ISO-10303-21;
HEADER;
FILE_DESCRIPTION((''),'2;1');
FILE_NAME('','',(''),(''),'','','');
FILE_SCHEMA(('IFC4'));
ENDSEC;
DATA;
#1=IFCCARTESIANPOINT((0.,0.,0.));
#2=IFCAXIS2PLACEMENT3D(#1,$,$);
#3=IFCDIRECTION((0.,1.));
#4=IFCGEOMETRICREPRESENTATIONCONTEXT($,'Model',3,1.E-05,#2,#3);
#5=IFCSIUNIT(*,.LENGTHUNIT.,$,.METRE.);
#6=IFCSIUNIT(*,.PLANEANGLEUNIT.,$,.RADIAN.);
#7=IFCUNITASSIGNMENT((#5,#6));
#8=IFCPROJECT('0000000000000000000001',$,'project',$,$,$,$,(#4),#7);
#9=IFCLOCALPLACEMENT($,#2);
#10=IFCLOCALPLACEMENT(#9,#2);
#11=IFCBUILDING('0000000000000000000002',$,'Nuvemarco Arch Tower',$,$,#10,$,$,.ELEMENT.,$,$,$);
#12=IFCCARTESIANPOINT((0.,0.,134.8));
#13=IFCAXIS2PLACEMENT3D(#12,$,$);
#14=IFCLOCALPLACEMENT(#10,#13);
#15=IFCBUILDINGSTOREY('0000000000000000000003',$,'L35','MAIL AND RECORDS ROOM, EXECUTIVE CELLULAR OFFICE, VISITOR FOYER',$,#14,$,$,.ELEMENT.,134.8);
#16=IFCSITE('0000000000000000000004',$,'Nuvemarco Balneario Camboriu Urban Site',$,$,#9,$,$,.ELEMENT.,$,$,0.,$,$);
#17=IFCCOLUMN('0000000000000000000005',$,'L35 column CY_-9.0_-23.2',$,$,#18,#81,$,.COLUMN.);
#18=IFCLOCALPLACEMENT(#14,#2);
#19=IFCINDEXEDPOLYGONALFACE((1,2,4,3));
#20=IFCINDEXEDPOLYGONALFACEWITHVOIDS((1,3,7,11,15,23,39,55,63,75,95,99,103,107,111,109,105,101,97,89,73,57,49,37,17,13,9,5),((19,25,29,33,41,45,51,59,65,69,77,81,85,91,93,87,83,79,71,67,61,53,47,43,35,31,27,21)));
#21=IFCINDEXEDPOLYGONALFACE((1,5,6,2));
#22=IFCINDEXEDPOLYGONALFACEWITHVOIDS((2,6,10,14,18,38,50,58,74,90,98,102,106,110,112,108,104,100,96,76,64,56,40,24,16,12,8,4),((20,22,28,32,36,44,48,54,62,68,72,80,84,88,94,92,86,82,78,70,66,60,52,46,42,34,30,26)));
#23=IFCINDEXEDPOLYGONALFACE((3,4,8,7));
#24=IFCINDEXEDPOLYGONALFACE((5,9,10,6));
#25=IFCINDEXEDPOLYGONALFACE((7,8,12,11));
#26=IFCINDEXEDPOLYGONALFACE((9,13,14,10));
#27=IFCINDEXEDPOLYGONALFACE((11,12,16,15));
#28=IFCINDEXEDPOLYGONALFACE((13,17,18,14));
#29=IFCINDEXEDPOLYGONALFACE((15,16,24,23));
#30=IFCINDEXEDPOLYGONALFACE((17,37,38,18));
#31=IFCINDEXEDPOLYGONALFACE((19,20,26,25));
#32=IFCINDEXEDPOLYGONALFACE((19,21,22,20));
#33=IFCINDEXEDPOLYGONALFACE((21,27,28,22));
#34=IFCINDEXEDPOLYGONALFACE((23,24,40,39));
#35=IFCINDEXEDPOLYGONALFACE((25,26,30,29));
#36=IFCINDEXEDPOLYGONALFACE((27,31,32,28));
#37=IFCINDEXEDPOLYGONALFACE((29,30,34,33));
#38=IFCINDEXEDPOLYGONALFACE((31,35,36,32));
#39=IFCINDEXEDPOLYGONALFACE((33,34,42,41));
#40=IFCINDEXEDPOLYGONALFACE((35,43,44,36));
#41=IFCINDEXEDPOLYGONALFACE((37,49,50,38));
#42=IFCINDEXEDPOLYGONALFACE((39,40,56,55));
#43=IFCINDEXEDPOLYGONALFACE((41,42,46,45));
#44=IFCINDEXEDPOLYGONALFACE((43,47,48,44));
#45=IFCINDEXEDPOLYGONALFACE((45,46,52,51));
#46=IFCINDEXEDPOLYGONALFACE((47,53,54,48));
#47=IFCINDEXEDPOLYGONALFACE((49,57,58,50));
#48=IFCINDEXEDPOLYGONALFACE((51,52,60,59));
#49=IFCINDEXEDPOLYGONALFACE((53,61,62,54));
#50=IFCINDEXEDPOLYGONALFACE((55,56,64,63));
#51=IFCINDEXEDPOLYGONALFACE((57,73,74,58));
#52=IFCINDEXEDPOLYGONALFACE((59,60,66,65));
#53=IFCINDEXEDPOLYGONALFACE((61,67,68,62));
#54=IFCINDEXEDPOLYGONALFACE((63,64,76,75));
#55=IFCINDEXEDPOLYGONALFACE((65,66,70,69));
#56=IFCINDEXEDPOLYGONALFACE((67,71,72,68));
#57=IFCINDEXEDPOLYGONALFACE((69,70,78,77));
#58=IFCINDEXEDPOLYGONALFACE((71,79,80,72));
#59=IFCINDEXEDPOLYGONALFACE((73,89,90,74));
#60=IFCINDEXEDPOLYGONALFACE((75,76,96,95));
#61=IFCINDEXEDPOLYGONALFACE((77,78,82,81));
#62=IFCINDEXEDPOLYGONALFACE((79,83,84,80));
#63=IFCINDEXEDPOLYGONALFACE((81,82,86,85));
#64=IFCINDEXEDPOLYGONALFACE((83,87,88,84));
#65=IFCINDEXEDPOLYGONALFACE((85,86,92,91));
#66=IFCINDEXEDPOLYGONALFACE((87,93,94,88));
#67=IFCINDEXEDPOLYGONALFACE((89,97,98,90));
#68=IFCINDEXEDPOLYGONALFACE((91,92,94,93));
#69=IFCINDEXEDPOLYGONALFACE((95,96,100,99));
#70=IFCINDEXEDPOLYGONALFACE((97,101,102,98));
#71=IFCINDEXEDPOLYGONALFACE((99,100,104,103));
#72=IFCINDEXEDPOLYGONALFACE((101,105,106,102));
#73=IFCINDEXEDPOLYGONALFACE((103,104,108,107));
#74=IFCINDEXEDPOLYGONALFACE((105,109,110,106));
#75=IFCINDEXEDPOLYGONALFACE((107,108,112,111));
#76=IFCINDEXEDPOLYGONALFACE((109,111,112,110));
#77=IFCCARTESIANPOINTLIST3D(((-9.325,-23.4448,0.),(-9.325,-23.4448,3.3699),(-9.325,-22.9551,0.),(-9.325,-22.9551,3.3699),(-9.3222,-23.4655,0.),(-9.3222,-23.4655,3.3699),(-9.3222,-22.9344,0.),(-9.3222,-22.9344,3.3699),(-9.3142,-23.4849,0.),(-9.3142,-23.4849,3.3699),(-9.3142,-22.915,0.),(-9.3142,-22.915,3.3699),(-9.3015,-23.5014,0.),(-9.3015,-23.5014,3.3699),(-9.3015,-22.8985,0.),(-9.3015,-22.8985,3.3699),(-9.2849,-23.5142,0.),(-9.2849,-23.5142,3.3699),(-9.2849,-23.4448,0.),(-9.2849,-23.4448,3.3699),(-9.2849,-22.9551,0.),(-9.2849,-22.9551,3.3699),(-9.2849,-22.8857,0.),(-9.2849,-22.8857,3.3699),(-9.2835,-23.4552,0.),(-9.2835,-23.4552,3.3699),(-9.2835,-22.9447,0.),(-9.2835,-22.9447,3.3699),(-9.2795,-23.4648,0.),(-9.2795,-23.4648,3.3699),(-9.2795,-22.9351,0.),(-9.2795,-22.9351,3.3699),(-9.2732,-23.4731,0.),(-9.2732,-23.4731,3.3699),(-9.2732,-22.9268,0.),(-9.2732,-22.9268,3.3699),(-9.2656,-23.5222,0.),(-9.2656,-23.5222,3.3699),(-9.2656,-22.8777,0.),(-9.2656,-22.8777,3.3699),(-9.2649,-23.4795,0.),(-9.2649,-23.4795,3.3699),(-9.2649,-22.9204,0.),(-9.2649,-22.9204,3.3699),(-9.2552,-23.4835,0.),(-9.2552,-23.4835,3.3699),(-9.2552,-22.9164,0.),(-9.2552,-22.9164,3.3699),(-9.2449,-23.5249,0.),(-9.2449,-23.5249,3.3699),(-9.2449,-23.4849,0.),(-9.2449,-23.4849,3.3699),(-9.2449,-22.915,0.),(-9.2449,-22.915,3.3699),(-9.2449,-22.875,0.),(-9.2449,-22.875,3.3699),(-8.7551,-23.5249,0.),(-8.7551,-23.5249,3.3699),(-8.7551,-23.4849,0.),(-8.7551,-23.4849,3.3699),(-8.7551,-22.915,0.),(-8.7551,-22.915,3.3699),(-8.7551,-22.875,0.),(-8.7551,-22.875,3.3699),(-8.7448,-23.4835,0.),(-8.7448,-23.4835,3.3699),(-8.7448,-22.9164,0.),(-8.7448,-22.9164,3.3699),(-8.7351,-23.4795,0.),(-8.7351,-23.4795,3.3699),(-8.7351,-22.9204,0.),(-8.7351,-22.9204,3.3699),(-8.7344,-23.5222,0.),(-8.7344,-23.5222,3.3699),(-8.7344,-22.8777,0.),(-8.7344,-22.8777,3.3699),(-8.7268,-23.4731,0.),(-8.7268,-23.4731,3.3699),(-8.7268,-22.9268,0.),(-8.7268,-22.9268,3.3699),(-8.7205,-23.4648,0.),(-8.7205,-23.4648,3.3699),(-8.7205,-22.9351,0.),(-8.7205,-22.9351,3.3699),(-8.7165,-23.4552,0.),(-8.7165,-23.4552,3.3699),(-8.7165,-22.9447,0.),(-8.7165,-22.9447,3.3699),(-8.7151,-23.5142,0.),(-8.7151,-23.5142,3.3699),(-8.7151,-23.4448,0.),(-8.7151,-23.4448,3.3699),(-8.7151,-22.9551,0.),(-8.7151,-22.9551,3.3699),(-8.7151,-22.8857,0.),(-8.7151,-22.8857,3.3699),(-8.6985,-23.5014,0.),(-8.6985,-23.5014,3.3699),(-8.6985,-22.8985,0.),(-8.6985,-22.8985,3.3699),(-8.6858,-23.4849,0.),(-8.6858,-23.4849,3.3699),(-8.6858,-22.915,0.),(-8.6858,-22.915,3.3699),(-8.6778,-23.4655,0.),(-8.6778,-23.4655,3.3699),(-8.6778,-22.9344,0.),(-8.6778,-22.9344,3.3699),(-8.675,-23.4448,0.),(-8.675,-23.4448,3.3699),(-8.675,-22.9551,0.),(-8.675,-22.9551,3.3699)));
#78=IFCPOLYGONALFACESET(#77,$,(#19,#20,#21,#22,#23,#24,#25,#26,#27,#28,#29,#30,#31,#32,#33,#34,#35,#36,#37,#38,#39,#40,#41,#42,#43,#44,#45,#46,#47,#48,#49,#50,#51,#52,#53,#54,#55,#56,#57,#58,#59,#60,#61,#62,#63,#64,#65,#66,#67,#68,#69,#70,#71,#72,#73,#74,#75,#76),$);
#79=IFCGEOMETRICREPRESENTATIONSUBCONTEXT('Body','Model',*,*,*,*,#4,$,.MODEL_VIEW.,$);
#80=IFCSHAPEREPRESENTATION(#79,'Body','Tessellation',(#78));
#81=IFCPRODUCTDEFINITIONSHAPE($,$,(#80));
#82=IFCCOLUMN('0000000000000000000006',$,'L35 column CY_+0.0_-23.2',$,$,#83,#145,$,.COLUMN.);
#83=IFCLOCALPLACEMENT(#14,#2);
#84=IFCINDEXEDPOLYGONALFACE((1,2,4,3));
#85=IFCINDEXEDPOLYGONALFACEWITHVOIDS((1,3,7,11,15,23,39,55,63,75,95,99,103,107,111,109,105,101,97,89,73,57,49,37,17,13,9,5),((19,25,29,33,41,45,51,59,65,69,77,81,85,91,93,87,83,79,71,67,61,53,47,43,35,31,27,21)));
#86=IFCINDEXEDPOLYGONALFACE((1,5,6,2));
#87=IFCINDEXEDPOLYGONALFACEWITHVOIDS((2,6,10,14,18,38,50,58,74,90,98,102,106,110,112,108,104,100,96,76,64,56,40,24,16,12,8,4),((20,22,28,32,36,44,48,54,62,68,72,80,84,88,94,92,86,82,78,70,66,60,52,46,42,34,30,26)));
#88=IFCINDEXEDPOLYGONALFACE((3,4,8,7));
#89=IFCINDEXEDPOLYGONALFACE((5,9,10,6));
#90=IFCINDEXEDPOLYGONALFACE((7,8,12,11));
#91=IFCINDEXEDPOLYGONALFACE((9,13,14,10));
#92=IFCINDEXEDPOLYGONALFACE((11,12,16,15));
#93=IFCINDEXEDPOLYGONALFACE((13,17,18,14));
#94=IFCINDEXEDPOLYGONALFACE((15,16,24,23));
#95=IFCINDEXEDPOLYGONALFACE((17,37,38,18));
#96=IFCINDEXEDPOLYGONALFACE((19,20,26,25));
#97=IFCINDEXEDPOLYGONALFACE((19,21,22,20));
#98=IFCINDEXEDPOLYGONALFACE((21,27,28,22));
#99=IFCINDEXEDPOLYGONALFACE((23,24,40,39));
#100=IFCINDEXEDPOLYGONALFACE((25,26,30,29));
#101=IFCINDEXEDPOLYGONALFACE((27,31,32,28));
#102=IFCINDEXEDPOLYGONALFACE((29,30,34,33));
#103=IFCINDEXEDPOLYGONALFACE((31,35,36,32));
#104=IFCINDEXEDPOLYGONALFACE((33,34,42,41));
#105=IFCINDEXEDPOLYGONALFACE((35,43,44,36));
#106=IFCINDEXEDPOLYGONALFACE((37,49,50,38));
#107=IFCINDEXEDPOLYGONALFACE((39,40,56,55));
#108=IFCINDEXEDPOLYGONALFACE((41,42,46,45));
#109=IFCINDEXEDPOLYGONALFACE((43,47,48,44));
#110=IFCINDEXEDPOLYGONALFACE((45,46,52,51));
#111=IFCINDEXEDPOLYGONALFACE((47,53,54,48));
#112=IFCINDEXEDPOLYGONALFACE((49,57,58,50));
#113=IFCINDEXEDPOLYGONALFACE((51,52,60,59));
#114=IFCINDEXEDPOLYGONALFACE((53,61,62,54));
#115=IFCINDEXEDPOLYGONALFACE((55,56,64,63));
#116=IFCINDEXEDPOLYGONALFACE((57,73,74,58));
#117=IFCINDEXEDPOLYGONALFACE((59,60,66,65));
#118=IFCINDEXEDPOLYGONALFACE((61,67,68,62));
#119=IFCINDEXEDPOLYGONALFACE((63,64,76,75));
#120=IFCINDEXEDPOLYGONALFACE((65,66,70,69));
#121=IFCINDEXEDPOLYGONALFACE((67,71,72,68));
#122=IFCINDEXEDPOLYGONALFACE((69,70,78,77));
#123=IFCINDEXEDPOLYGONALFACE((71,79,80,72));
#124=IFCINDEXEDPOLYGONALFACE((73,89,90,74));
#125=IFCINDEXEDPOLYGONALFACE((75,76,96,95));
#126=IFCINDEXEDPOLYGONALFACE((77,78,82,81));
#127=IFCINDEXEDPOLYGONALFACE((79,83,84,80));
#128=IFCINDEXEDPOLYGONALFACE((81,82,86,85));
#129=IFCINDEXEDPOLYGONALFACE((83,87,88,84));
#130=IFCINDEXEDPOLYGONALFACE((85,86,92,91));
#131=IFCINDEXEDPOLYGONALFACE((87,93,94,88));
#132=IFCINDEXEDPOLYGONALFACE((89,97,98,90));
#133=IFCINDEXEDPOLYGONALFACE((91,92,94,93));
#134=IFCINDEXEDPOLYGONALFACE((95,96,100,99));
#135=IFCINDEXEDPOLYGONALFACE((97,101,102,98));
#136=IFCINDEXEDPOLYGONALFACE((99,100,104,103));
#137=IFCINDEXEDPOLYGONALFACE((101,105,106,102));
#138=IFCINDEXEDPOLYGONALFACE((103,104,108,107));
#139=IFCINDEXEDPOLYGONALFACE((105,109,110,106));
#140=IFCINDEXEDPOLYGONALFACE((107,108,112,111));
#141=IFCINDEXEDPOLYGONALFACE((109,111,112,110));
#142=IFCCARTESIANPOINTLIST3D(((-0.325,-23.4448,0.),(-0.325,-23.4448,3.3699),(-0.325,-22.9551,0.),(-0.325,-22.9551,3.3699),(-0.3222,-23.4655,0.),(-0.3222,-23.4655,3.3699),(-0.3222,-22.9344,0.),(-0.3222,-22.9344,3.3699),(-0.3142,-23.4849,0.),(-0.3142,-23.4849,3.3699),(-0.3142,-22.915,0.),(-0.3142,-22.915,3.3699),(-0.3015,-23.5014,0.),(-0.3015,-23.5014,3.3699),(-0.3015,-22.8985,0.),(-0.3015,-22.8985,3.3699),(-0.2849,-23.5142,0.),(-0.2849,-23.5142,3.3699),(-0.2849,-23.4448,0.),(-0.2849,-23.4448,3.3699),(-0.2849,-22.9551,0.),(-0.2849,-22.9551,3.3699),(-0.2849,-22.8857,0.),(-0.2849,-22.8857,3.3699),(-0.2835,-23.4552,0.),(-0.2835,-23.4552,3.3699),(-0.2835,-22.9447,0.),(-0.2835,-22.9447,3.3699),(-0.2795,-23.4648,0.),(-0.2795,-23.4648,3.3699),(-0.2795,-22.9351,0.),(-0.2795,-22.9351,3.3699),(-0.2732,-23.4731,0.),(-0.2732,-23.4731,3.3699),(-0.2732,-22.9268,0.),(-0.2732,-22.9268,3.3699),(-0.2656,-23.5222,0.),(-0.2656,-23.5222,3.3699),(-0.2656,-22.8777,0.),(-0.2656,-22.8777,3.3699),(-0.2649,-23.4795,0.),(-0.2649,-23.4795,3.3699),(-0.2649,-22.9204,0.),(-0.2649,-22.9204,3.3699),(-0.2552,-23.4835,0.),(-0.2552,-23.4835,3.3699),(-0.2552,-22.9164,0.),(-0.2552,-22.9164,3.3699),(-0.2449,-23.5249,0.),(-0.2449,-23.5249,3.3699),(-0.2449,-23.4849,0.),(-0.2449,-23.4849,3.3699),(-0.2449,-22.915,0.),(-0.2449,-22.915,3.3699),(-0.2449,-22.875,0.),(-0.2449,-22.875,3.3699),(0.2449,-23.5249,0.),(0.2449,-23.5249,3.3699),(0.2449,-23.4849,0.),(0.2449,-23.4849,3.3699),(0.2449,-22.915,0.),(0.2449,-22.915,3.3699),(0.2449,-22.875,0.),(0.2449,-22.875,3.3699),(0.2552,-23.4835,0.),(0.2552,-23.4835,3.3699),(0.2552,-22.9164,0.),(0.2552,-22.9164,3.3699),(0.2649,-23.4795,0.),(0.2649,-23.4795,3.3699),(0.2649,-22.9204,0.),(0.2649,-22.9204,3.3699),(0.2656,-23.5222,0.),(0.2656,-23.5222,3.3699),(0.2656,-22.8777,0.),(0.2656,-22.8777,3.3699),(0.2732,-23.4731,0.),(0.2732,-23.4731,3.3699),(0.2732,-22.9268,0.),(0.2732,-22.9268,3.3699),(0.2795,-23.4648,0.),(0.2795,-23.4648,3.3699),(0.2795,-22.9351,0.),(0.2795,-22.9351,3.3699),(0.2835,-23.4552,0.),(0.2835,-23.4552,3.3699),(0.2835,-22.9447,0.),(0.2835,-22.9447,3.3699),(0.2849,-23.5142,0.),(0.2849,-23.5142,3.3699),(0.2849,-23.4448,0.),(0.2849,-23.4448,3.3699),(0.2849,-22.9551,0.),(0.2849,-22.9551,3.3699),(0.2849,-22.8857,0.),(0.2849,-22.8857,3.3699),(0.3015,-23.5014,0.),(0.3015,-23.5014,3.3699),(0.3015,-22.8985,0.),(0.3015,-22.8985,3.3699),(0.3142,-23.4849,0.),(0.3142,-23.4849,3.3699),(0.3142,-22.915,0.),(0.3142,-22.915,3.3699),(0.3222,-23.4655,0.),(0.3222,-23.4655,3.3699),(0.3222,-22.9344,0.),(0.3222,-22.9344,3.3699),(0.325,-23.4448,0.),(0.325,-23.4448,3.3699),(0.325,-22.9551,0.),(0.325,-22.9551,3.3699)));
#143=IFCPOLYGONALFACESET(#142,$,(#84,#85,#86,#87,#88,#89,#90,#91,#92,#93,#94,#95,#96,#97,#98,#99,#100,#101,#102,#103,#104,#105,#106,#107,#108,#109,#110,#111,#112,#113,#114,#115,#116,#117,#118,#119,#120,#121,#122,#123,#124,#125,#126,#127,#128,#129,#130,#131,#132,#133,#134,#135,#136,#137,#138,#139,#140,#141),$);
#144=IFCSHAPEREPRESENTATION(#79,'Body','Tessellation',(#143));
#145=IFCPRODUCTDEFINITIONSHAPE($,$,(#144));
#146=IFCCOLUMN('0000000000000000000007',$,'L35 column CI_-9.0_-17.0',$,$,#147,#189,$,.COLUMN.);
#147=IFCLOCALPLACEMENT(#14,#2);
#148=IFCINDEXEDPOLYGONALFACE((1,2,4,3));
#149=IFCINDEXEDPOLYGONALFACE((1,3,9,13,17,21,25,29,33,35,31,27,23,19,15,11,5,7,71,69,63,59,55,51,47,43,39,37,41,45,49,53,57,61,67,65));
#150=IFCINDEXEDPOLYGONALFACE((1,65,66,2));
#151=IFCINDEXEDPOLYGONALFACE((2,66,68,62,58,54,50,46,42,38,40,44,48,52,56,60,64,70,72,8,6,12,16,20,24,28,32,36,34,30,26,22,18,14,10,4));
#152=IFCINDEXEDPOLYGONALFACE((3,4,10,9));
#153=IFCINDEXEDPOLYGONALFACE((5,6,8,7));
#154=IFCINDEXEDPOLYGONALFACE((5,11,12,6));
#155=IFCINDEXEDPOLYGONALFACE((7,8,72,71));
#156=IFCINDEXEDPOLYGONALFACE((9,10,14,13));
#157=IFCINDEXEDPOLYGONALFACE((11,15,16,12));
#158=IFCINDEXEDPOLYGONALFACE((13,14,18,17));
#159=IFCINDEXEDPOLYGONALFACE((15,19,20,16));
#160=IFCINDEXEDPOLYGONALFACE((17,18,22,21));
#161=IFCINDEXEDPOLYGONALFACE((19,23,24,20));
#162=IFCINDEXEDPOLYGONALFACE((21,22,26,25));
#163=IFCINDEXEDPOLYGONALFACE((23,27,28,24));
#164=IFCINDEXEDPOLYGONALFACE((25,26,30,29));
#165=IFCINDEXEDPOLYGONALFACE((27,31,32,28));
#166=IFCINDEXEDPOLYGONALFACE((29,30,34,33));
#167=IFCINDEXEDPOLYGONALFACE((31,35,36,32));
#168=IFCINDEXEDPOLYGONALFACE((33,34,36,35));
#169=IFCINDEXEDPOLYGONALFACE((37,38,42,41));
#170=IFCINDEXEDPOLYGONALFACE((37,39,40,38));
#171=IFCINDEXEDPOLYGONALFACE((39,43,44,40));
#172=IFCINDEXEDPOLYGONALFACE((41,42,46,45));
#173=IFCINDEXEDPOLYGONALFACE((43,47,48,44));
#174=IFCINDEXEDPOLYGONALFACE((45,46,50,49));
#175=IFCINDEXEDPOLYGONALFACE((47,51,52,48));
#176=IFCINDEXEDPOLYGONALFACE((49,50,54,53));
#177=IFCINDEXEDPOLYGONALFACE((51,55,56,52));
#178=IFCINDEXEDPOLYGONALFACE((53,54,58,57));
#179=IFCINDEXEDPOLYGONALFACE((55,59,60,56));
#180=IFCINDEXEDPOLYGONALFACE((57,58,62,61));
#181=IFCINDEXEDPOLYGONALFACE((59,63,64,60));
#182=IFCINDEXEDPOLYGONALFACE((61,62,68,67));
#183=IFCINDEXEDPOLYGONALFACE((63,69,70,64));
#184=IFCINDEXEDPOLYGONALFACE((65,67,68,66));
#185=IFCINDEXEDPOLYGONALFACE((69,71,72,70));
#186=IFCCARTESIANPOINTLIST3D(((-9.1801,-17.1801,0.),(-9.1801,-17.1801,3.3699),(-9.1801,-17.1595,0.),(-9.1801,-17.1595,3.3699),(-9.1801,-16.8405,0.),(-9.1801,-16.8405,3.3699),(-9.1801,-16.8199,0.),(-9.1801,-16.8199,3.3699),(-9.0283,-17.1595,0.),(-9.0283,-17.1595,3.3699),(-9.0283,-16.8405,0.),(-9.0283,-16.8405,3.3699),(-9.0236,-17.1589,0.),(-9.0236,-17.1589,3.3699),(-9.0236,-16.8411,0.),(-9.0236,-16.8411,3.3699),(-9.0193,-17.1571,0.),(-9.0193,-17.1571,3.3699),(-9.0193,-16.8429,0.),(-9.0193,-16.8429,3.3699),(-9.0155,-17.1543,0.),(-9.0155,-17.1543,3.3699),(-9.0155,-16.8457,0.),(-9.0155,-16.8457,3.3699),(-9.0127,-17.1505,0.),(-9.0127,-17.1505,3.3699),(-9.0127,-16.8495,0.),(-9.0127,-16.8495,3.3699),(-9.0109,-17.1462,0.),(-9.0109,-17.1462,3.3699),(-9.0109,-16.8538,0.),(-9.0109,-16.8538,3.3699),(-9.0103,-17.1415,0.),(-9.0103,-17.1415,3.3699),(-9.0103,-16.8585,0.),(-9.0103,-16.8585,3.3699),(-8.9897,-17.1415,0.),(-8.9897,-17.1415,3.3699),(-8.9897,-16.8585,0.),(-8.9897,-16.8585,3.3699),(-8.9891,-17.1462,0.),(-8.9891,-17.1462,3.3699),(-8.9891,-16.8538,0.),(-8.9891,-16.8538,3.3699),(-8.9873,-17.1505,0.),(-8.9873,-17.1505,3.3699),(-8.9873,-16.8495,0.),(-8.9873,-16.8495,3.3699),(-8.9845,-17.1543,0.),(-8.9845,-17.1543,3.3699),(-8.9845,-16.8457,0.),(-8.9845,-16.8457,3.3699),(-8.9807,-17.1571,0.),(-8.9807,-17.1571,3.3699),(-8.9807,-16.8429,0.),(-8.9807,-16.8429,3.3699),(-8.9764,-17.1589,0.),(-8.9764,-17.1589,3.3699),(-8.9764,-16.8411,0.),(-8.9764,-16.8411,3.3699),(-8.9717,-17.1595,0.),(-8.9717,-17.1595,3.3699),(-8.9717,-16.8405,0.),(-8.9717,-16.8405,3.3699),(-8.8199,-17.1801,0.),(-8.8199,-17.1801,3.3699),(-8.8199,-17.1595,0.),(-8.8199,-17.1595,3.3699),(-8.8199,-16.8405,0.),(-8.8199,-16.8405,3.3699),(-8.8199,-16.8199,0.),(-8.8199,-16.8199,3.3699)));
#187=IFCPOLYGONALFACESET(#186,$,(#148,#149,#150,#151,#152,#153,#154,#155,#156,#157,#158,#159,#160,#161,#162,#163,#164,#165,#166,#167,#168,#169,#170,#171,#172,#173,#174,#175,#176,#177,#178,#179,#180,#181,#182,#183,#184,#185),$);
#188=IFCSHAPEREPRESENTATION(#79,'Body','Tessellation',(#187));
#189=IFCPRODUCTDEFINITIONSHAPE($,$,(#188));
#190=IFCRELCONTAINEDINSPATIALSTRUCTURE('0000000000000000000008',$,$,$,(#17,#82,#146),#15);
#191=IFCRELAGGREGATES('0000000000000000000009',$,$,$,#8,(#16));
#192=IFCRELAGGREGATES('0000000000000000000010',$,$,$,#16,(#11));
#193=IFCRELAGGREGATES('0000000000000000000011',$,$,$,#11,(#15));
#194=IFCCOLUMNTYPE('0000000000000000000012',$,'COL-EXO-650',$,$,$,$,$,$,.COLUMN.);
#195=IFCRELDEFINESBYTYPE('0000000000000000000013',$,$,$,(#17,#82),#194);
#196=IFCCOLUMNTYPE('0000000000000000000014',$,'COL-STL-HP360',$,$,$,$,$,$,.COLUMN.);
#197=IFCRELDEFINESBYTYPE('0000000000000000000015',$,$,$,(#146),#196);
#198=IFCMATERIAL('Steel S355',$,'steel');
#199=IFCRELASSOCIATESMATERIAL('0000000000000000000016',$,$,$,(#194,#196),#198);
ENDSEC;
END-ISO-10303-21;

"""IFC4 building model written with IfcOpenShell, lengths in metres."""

from ifc_helpers import new_model, si_unit, direction, frame, origin, origin_2d, place, context, subcontext, project, spatial, hollow_rectangle, i_section, extrude, material, material_profile, profile_set, type_object, element, save


model = new_model("IFC4")

# Units and contexts
model_context = context("Model", 3, precision=1e-05, world=origin(), true_north=direction((0.0, 1.0)))
body_context = subcontext(model_context, "Body", "Model", "MODEL_VIEW")
ifc_project = project(units=[si_unit("LENGTHUNIT", "METRE"), si_unit("PLANEANGLEUNIT", "RADIAN")], contexts=[model_context])

# Site, building, storey
site_placement = place(None, origin())
site = spatial("IfcSite", under=ifc_project, at=site_placement, Name="Nuvemarco Balneario Camboriu Urban Site", CompositionType="ELEMENT", RefElevation=0.0)
building_placement = place(site_placement, origin())
building = spatial("IfcBuilding", under=site, at=building_placement, Name="Nuvemarco Arch Tower", CompositionType="ELEMENT")
storey_placement = place(building_placement, frame((0.0, 0.0, 134.8)))
storey = spatial("IfcBuildingStorey", under=building, at=storey_placement, Name="L35", Description="MAIL AND RECORDS ROOM, EXECUTIVE CELLULAR OFFICE, VISITOR FOYER", CompositionType="ELEMENT", Elevation=134.8)

# Columns
ifc_material_1 = material(Name="Steel S355", Category="steel")
ifc_material_profile_1 = material_profile(ifc_material_1, hollow_rectangle(XDim=0.6499, YDim=0.6499, WallThickness=0.04, InnerFilletRadius=0.04, OuterFilletRadius=0.0801, at=origin_2d()), Name="SHS650x650x40")
ifc_profile_set_1 = profile_set([ifc_material_profile_1], Name="Steel S355")
column_type_1 = type_object("IfcColumnType", Name="COL-EXO-650", PredefinedType="COLUMN", material=ifc_profile_set_1)
for number, where, z_axis, x_axis, name in (
    (1, (-9.0, -23.2, 0.0), (0.0, 0.0, 1.0), (1.0, 0.0, 0.0), "L35 column CY_-9.0_-23.2"),
    (2, (0.0, -23.2, 0.0), (0.0, 0.0, 1.0), (1.0, 0.0, 0.0), "L35 column CY_+0.0_-23.2"),
):
    element("IfcColumn", number, at=place(storey_placement, frame(where, z_axis=z_axis, x_axis=x_axis)), inside=storey, type_object=column_type_1, Name=name, PredefinedType="COLUMN", context=body_context, shape_type="SweptSolid", body=[
        extrude(hollow_rectangle(XDim=0.6499, YDim=0.6499, WallThickness=0.04, InnerFilletRadius=0.04, OuterFilletRadius=0.0801, at=origin_2d()), origin(), (0.0, 0.0, 1.0), 3.3699),
    ])
ifc_material_profile_2 = material_profile(ifc_material_1, i_section(OverallWidth=0.3601, OverallDepth=0.3601, WebThickness=0.0205, FlangeThickness=0.0205, FilletRadius=0.0181, at=origin_2d()), Name="HP360x174")
ifc_profile_set_2 = profile_set([ifc_material_profile_2], Name="Steel S355")
column_type_2 = type_object("IfcColumnType", Name="COL-STL-HP360", PredefinedType="COLUMN", material=ifc_profile_set_2)
column_placement = place(storey_placement, frame((-9.0, -17.0, 0.0), z_axis=(0.0, 0.0, 1.0), x_axis=(1.0, 0.0, 0.0)))
element("IfcColumn", 3, at=column_placement, inside=storey, type_object=column_type_2, Name="L35 column CI_-9.0_-17.0", PredefinedType="COLUMN", context=body_context, shape_type="SweptSolid", body=[
    extrude(i_section(OverallWidth=0.3601, OverallDepth=0.3601, WebThickness=0.0205, FlangeThickness=0.0205, FilletRadius=0.0181, at=origin_2d()), origin(), (0.0, 0.0, 1.0), 3.3699),
])

save(model, "model.ifc")
